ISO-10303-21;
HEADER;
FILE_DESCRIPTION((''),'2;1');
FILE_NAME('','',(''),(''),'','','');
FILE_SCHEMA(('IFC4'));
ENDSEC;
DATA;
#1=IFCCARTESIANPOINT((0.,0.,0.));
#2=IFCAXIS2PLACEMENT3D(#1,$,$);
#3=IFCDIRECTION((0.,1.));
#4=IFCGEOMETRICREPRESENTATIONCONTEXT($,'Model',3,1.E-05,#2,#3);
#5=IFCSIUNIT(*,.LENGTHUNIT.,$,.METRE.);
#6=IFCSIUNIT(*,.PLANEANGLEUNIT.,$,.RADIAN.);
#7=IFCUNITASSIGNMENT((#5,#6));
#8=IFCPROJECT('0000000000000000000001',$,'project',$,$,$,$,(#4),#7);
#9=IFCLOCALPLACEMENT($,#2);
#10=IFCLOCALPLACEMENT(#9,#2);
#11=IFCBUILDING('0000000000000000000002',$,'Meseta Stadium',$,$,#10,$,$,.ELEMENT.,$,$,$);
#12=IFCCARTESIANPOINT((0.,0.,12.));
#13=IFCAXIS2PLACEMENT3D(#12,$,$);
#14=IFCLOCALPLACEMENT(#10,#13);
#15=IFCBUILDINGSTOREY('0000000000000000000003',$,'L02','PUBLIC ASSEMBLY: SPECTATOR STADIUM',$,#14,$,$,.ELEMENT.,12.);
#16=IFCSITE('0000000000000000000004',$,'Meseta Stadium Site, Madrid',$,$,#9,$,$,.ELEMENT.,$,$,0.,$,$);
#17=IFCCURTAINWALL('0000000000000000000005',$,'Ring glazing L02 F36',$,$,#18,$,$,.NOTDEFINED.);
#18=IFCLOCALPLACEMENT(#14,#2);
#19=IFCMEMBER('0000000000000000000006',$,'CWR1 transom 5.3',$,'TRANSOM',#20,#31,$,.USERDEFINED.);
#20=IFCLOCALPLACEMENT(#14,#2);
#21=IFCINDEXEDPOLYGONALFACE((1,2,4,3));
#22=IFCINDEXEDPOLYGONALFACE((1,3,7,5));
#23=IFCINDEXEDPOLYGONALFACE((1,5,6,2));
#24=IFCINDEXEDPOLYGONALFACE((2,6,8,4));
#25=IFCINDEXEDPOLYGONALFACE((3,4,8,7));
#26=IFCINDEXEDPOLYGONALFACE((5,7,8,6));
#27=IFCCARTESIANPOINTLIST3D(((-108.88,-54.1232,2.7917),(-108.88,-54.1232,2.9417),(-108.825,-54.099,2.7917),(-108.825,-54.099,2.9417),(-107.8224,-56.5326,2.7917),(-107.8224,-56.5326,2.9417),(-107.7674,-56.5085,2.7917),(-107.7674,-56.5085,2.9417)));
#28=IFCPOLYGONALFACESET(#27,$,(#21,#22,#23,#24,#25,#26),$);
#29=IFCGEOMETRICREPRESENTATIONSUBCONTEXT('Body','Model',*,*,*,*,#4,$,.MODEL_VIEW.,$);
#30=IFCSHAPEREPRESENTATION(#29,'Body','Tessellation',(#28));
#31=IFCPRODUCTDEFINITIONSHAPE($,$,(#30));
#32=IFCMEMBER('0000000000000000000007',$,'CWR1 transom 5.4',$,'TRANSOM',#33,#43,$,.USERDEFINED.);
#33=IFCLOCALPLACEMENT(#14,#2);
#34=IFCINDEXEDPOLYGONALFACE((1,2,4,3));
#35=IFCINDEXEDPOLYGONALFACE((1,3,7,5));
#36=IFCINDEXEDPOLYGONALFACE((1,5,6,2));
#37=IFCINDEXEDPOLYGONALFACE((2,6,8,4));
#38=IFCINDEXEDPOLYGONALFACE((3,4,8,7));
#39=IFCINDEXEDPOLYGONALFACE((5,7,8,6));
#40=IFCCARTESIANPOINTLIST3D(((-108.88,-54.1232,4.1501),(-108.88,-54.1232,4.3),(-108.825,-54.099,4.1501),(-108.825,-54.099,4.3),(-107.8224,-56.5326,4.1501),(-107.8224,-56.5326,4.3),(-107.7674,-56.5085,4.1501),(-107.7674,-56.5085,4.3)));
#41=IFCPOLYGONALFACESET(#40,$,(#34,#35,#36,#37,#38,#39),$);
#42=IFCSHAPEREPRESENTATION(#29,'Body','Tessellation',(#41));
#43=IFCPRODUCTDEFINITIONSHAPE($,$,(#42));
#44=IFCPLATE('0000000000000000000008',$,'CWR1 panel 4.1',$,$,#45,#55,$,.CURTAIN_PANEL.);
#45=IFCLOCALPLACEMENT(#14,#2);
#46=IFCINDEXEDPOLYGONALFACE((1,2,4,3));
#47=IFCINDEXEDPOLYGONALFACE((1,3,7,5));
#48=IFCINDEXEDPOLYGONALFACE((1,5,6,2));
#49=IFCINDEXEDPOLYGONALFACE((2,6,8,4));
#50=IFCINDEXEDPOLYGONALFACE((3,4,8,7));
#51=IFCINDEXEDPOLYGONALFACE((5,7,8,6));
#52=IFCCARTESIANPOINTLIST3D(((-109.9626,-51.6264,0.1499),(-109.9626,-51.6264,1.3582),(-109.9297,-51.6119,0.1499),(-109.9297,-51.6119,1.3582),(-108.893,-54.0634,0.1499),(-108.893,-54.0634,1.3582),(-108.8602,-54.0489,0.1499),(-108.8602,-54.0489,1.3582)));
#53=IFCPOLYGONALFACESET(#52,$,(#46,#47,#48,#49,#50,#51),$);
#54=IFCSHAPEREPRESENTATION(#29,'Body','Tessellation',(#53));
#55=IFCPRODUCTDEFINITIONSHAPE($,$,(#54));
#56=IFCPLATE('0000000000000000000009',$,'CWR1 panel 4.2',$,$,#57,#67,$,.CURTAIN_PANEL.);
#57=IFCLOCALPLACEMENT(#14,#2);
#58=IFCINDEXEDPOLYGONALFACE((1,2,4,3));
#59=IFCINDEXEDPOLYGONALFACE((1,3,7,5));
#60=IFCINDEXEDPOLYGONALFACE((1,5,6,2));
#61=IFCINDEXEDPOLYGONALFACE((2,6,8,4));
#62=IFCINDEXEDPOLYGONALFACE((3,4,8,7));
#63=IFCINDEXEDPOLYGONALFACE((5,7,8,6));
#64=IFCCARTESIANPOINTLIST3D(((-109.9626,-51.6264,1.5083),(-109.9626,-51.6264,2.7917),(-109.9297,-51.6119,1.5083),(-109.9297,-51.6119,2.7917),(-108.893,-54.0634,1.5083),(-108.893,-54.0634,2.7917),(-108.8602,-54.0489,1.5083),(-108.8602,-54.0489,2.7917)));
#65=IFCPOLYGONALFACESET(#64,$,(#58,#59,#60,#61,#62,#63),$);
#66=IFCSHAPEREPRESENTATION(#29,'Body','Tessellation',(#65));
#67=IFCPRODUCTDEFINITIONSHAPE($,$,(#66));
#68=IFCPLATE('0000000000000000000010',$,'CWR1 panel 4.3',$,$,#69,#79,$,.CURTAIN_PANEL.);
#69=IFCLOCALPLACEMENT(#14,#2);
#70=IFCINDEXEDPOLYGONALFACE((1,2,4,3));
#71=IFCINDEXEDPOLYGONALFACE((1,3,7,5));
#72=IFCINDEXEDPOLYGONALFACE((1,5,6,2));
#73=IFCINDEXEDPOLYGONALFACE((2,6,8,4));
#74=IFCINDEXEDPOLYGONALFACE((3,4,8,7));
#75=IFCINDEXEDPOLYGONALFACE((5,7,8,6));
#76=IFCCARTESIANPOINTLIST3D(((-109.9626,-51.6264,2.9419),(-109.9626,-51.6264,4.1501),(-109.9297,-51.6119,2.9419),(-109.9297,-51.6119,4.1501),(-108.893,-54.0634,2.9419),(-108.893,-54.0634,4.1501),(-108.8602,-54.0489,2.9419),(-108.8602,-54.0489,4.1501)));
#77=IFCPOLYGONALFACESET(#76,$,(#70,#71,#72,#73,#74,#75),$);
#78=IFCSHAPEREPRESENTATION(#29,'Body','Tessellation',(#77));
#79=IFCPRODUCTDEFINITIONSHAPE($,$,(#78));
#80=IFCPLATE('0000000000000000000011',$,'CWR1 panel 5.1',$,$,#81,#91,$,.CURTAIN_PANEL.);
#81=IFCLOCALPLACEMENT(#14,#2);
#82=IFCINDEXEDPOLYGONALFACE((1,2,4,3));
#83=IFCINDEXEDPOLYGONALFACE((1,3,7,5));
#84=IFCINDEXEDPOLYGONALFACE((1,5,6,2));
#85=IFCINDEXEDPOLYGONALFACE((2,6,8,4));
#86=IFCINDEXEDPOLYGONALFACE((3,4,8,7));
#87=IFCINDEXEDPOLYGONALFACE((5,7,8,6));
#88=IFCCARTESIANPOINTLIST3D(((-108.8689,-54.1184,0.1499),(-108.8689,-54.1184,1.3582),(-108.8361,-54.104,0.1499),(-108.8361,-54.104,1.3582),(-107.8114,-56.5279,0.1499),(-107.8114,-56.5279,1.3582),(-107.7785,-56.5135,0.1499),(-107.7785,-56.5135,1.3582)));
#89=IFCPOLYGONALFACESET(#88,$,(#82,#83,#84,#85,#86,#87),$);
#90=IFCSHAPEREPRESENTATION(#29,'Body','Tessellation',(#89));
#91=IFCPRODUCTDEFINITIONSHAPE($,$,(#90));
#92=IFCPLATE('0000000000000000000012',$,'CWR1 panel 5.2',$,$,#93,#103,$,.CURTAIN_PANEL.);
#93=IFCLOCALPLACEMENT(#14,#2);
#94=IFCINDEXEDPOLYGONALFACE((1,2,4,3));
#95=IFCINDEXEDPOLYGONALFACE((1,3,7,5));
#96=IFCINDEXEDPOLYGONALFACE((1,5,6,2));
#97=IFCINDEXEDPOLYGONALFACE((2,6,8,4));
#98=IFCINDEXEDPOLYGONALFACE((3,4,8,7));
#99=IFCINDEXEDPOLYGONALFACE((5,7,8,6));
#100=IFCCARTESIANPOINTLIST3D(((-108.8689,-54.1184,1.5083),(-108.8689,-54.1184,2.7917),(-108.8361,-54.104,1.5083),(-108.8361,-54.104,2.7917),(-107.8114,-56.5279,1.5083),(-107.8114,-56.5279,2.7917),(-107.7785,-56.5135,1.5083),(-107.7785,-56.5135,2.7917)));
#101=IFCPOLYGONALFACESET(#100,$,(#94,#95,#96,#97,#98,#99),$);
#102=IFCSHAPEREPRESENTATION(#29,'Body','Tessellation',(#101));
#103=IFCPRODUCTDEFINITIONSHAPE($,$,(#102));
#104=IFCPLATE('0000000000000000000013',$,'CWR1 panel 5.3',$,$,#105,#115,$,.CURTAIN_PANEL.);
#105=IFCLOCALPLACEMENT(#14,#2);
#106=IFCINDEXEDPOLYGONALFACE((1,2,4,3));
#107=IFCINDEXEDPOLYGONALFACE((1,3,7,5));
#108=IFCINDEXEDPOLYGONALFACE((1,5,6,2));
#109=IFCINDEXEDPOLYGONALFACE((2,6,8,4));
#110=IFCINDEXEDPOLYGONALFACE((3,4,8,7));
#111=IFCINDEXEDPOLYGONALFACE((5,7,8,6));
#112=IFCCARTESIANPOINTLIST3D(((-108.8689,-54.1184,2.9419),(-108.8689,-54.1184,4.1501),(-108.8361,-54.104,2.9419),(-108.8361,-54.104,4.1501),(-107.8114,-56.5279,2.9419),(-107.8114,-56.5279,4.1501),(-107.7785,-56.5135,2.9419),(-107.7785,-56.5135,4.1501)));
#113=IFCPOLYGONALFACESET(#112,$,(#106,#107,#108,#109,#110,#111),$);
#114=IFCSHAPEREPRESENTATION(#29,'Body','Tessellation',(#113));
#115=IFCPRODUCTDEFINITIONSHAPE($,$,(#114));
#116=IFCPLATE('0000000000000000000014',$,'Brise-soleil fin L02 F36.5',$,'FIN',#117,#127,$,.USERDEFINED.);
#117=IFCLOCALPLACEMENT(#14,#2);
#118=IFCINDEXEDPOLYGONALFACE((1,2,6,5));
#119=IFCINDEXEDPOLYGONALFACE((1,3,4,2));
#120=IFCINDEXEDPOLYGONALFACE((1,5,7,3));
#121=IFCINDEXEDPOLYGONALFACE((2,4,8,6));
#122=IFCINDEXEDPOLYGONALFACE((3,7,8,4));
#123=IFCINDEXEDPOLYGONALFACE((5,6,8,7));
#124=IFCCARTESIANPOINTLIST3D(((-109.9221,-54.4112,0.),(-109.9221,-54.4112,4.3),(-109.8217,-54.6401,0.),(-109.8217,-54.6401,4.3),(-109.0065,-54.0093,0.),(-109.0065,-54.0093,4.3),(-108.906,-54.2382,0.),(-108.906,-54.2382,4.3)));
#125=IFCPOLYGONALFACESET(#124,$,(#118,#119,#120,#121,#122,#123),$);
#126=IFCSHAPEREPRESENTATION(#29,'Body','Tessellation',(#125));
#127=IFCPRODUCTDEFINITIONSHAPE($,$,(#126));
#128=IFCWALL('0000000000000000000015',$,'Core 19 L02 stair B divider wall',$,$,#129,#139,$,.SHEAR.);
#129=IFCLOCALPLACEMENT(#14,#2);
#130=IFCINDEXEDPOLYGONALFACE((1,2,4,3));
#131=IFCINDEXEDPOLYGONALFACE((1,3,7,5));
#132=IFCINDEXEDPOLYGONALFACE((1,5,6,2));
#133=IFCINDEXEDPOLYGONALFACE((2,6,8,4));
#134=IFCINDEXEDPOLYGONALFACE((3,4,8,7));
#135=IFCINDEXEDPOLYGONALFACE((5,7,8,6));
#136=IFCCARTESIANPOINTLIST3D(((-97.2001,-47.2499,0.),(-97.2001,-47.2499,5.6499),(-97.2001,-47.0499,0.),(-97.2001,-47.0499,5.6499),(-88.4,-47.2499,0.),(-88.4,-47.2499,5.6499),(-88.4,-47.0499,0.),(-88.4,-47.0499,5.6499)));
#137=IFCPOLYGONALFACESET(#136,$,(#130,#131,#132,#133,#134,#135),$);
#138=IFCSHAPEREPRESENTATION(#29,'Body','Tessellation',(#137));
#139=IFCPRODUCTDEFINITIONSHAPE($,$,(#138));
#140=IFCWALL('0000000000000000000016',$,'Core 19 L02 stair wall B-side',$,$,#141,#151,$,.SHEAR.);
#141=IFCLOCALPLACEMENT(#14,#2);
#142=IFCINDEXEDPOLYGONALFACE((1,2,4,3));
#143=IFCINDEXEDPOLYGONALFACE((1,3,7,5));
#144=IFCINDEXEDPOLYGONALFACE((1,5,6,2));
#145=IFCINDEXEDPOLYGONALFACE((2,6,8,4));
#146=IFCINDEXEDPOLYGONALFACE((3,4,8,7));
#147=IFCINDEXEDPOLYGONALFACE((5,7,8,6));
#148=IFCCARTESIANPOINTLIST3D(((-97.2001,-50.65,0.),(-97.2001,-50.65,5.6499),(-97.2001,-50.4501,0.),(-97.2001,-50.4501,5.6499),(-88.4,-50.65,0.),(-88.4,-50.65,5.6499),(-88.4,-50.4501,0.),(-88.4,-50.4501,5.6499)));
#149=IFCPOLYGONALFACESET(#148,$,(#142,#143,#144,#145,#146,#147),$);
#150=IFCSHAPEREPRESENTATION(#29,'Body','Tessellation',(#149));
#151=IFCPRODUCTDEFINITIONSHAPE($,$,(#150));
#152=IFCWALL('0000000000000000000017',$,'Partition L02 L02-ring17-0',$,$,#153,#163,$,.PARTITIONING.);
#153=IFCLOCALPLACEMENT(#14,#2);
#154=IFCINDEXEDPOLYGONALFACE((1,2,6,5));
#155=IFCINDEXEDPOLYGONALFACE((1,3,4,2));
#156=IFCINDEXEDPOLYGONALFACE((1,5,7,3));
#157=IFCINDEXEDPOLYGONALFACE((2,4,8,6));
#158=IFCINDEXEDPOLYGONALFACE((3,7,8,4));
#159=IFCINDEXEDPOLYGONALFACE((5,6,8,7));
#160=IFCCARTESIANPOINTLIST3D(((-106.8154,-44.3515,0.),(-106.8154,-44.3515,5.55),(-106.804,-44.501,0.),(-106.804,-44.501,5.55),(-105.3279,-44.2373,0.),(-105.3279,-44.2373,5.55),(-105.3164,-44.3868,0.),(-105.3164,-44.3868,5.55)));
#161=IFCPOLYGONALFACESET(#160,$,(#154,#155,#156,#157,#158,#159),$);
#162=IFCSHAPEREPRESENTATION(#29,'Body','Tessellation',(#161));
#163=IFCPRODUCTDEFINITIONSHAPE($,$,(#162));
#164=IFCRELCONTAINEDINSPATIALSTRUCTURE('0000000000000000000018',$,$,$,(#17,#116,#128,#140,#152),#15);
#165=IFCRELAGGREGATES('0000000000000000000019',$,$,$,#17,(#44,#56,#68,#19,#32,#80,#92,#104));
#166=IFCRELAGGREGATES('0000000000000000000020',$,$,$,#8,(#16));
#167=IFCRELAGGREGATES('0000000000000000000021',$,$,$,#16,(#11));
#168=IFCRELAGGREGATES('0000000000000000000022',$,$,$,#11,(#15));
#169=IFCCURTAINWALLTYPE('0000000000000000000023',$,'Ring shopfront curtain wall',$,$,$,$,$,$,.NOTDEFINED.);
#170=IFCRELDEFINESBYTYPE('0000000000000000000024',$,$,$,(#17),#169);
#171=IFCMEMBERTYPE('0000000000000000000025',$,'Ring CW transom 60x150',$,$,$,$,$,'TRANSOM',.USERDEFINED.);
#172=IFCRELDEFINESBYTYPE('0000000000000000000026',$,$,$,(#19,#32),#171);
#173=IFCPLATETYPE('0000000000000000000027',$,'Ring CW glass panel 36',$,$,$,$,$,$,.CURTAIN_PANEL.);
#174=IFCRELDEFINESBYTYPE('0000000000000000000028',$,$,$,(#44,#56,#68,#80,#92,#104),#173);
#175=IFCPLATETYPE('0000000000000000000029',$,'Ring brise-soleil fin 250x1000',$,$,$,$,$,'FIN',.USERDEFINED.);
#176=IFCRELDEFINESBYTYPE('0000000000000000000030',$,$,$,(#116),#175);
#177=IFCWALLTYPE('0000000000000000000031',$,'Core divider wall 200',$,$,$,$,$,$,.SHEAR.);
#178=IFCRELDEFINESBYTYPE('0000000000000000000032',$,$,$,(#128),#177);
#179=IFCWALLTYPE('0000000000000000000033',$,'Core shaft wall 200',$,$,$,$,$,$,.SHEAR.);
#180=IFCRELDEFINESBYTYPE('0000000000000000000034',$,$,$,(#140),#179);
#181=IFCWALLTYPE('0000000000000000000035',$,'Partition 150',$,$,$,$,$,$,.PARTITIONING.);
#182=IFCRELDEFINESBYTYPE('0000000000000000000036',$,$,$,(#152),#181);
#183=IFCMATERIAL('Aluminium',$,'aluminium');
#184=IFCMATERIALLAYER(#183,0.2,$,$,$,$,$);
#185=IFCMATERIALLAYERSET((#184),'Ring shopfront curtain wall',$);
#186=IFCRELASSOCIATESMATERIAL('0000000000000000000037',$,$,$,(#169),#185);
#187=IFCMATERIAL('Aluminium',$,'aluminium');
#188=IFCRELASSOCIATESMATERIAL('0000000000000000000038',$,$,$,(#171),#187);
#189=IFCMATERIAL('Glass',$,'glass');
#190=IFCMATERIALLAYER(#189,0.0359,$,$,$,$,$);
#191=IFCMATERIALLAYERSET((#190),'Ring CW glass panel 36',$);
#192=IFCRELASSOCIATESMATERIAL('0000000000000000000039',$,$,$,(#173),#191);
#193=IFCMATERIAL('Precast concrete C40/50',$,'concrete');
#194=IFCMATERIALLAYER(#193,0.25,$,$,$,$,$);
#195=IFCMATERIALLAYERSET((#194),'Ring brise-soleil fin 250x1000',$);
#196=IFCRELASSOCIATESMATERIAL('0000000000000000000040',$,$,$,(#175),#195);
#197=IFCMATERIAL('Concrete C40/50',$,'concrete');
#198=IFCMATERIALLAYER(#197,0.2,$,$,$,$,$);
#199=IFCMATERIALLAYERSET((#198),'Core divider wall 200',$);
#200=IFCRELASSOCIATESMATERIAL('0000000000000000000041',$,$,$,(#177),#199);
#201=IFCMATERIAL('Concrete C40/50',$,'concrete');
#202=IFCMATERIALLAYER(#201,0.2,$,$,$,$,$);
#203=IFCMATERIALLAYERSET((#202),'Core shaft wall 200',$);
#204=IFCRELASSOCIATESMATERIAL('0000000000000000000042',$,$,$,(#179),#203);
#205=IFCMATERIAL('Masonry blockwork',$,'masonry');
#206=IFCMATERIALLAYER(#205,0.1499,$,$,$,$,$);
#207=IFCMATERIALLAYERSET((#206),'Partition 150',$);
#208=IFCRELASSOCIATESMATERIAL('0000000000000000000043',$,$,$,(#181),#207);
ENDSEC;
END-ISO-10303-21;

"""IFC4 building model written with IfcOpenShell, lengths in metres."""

from ifc_helpers import new_model, si_unit, direction, frame, frame_2d, origin, origin_2d, place, context, subcontext, project, spatial, rectangle, extrude, material, layer, layer_set, material_profile, profile_set, type_object, element, aggregate, save


model = new_model("IFC4")

# Units and contexts
model_context = context("Model", 3, precision=1e-05, world=origin(), true_north=direction((0.0, 1.0)))
body_context = subcontext(model_context, "Body", "Model", "MODEL_VIEW")
ifc_project = project(units=[si_unit("LENGTHUNIT", "METRE"), si_unit("PLANEANGLEUNIT", "RADIAN")], contexts=[model_context])

# Site, building, storey
site_placement = place(None, origin())
site = spatial("IfcSite", under=ifc_project, at=site_placement, Name="Meseta Stadium Site, Madrid", CompositionType="ELEMENT", RefElevation=0.0)
building_placement = place(site_placement, origin())
building = spatial("IfcBuilding", under=site, at=building_placement, Name="Meseta Stadium", CompositionType="ELEMENT")
storey_placement = place(building_placement, frame((0.0, 0.0, 12.0)))
storey = spatial("IfcBuildingStorey", under=building, at=storey_placement, Name="L02", Description="PUBLIC ASSEMBLY: SPECTATOR STADIUM", CompositionType="ELEMENT", Elevation=12.0)

# Curtain wall, members, plates
ifc_material_1 = material(Name="Aluminium", Category="aluminium")
ifc_layer_1 = layer(ifc_material_1, 0.2)
ifc_layer_set_1 = layer_set([ifc_layer_1], Name="Ring shopfront curtain wall")
curtain_wall_type = type_object("IfcCurtainWallType", Name="Ring shopfront curtain wall", PredefinedType="NOTDEFINED", material=ifc_layer_set_1)
curtain_wall_placement = place(storey_placement, origin())
curtain_wall = element("IfcCurtainWall", 1, at=curtain_wall_placement, inside=storey, type_object=curtain_wall_type, Name="Ring glazing L02 F36", PredefinedType="NOTDEFINED")
ifc_material_2 = material(Name="Aluminium", Category="aluminium")
ifc_material_profile_1 = material_profile(ifc_material_2, rectangle(XDim=0.0601, YDim=0.1499, at=origin_2d()), Name="CW 60x150")
ifc_profile_set_1 = profile_set([ifc_material_profile_1], Name="Aluminium")
member_type_1 = type_object("IfcMemberType", Name="Ring CW transom 60x150", ElementType="TRANSOM", PredefinedType="USERDEFINED", material=ifc_profile_set_1)
member_1_placement = place(storey_placement, frame((-108.8525, -54.1111, 2.8667), z_axis=(0.401933, -0.915669, 0.0), x_axis=(0.915669, 0.401933, 0.0)))
member_1 = element("IfcMember", 2, at=member_1_placement, type_object=member_type_1, Name="CWR1 transom 5.3", ObjectType="TRANSOM", PredefinedType="USERDEFINED", context=body_context, shape_type="SweptSolid", body=[
    extrude(rectangle(XDim=0.0601, YDim=0.1499, at=origin_2d()), origin(), (0.0, 0.0, 1.0), 2.6313),
])
member_2_placement = place(storey_placement, frame((-108.8525, -54.1111, 4.2251), z_axis=(0.401933, -0.915669, 0.0), x_axis=(0.915669, 0.401933, 0.0)))
member_2 = element("IfcMember", 3, at=member_2_placement, type_object=member_type_1, Name="CWR1 transom 5.4", ObjectType="TRANSOM", PredefinedType="USERDEFINED", context=body_context, shape_type="SweptSolid", body=[
    extrude(rectangle(XDim=0.0601, YDim=0.1499, at=origin_2d()), origin(), (0.0, 0.0, 1.0), 2.6313),
])
ifc_material_3 = material(Name="Glass", Category="glass")
ifc_layer_2 = layer(ifc_material_3, 0.0359)
ifc_layer_set_2 = layer_set([ifc_layer_2], Name="Ring CW glass panel 36")
plate_type_1 = type_object("IfcPlateType", Name="Ring CW glass panel 36", PredefinedType="CURTAIN_PANEL", material=ifc_layer_set_2)
plate_1_placement = place(storey_placement, frame((-109.4114, -52.8376, 0.1499), z_axis=(0.0, 0.0, 1.0), x_axis=(0.401892, -0.915687, 0.0)))
plate_1 = element("IfcPlate", 4, at=plate_1_placement, type_object=plate_type_1, Name="CWR1 panel 4.1", PredefinedType="CURTAIN_PANEL", context=body_context, shape_type="SweptSolid", body=[
    extrude(rectangle(XDim=2.6614, YDim=0.0359, at=origin_2d()), origin(), (0.0, 0.0, 1.0), 1.2083),
])
plate_2_placement = place(storey_placement, frame((-109.4114, -52.8376, 1.5083), z_axis=(0.0, 0.0, 1.0), x_axis=(0.401892, -0.915687, 0.0)))
plate_2 = element("IfcPlate", 5, at=plate_2_placement, type_object=plate_type_1, Name="CWR1 panel 4.2", PredefinedType="CURTAIN_PANEL", context=body_context, shape_type="SweptSolid", body=[
    extrude(rectangle(XDim=2.6614, YDim=0.0359, at=origin_2d()), origin(), (0.0, 0.0, 1.0), 1.2834),
])
plate_3_placement = place(storey_placement, frame((-109.4114, -52.8376, 2.9419), z_axis=(0.0, 0.0, 1.0), x_axis=(0.401892, -0.915687, 0.0)))
plate_3 = element("IfcPlate", 6, at=plate_3_placement, type_object=plate_type_1, Name="CWR1 panel 4.3", PredefinedType="CURTAIN_PANEL", context=body_context, shape_type="SweptSolid", body=[
    extrude(rectangle(XDim=2.6614, YDim=0.0359, at=origin_2d()), origin(), (0.0, 0.0, 1.0), 1.2083),
])
plate_4_placement = place(storey_placement, frame((-108.3237, -55.3159, 0.1499), z_axis=(0.0, 0.0, 1.0), x_axis=(0.401892, -0.915687, 0.0)))
plate_4 = element("IfcPlate", 7, at=plate_4_placement, type_object=plate_type_1, Name="CWR1 panel 5.1", PredefinedType="CURTAIN_PANEL", context=body_context, shape_type="SweptSolid", body=[
    extrude(rectangle(XDim=2.6313, YDim=0.0359, at=origin_2d()), origin(), (0.0, 0.0, 1.0), 1.2083),
])
plate_5_placement = place(storey_placement, frame((-108.3237, -55.3159, 1.5083), z_axis=(0.0, 0.0, 1.0), x_axis=(0.401892, -0.915687, 0.0)))
plate_5 = element("IfcPlate", 8, at=plate_5_placement, type_object=plate_type_1, Name="CWR1 panel 5.2", PredefinedType="CURTAIN_PANEL", context=body_context, shape_type="SweptSolid", body=[
    extrude(rectangle(XDim=2.6313, YDim=0.0359, at=origin_2d()), origin(), (0.0, 0.0, 1.0), 1.2834),
])
plate_6_placement = place(storey_placement, frame((-108.3237, -55.3159, 2.9419), z_axis=(0.0, 0.0, 1.0), x_axis=(0.401892, -0.915687, 0.0)))
plate_6 = element("IfcPlate", 9, at=plate_6_placement, type_object=plate_type_1, Name="CWR1 panel 5.3", PredefinedType="CURTAIN_PANEL", context=body_context, shape_type="SweptSolid", body=[
    extrude(rectangle(XDim=2.6313, YDim=0.0359, at=origin_2d()), origin(), (0.0, 0.0, 1.0), 1.2083),
])
aggregate(curtain_wall, [plate_1, plate_2, plate_3, member_1, member_2, plate_4, plate_5, plate_6])

# Plate
ifc_material_4 = material(Name="Precast concrete C40/50", Category="concrete")
ifc_layer_3 = layer(ifc_material_4, 0.25)
ifc_layer_set_3 = layer_set([ifc_layer_3], Name="Ring brise-soleil fin 250x1000")
plate_type_2 = type_object("IfcPlateType", Name="Ring brise-soleil fin 250x1000", ElementType="FIN", PredefinedType="USERDEFINED", material=ifc_layer_set_3)
plate_7_placement = place(storey_placement, frame((-109.4141, -54.3247, 0.0), z_axis=(0.0, 0.0, 1.0), x_axis=(0.401892, -0.915687, 0.0)))
element("IfcPlate", 10, at=plate_7_placement, inside=storey, type_object=plate_type_2, Name="Brise-soleil fin L02 F36.5", ObjectType="FIN", PredefinedType="USERDEFINED", context=body_context, shape_type="SweptSolid", body=[
    extrude(rectangle(XDim=0.25, YDim=1.0, at=origin_2d()), origin(), (0.0, 0.0, 1.0), 4.3),
])

# Walls
ifc_material_5 = material(Name="Concrete C40/50", Category="concrete")
ifc_layer_4 = layer(ifc_material_5, 0.2)
ifc_layer_set_4 = layer_set([ifc_layer_4], Name="Core divider wall 200")
wall_type_1 = type_object("IfcWallType", Name="Core divider wall 200", PredefinedType="SHEAR", material=ifc_layer_set_4)
wall_1_placement = place(storey_placement, frame((-97.2, -47.1499, 0.0), z_axis=(0.0, 0.0, 1.0), x_axis=(1.0, 0.0, 0.0)))
element("IfcWall", 11, at=wall_1_placement, inside=storey, type_object=wall_type_1, Name="Core 19 L02 stair B divider wall", PredefinedType="SHEAR", context=body_context, shape_type="SweptSolid", body=[
    extrude(rectangle(XDim=8.8, YDim=0.2, at=frame_2d((4.3999, 0.0))), origin(), (0.0, 0.0, 1.0), 5.6499),
])
ifc_material_6 = material(Name="Concrete C40/50", Category="concrete")
ifc_layer_5 = layer(ifc_material_6, 0.2)
ifc_layer_set_5 = layer_set([ifc_layer_5], Name="Core shaft wall 200")
wall_type_2 = type_object("IfcWallType", Name="Core shaft wall 200", PredefinedType="SHEAR", material=ifc_layer_set_5)
wall_2_placement = place(storey_placement, frame((-97.2, -50.55, 0.0), z_axis=(0.0, 0.0, 1.0), x_axis=(1.0, 0.0, 0.0)))
element("IfcWall", 12, at=wall_2_placement, inside=storey, type_object=wall_type_2, Name="Core 19 L02 stair wall B-side", PredefinedType="SHEAR", context=body_context, shape_type="SweptSolid", body=[
    extrude(rectangle(XDim=8.8, YDim=0.2, at=frame_2d((4.3999, 0.0))), origin(), (0.0, 0.0, 1.0), 5.6499),
])
ifc_material_7 = material(Name="Masonry blockwork", Category="masonry")
ifc_layer_6 = layer(ifc_material_7, 0.1499)
ifc_layer_set_6 = layer_set([ifc_layer_6], Name="Partition 150")
wall_type_3 = type_object("IfcWallType", Name="Partition 150", PredefinedType="PARTITIONING", material=ifc_layer_set_6)
wall_3_placement = place(storey_placement, frame((-105.322, -44.312, 0.0), z_axis=(0.0, 0.0, 1.0), x_axis=(-0.997063, -0.076584, 0.0)))
element("IfcWall", 13, at=wall_3_placement, inside=storey, type_object=wall_type_3, Name="Partition L02 L02-ring17-0", PredefinedType="PARTITIONING", context=body_context, shape_type="SweptSolid", body=[
    extrude(rectangle(XDim=1.4919, YDim=0.1499, at=frame_2d((0.7461, 0.0))), origin(), (0.0, 0.0, 1.0), 5.55),
])

save(model, "model.ifc")
